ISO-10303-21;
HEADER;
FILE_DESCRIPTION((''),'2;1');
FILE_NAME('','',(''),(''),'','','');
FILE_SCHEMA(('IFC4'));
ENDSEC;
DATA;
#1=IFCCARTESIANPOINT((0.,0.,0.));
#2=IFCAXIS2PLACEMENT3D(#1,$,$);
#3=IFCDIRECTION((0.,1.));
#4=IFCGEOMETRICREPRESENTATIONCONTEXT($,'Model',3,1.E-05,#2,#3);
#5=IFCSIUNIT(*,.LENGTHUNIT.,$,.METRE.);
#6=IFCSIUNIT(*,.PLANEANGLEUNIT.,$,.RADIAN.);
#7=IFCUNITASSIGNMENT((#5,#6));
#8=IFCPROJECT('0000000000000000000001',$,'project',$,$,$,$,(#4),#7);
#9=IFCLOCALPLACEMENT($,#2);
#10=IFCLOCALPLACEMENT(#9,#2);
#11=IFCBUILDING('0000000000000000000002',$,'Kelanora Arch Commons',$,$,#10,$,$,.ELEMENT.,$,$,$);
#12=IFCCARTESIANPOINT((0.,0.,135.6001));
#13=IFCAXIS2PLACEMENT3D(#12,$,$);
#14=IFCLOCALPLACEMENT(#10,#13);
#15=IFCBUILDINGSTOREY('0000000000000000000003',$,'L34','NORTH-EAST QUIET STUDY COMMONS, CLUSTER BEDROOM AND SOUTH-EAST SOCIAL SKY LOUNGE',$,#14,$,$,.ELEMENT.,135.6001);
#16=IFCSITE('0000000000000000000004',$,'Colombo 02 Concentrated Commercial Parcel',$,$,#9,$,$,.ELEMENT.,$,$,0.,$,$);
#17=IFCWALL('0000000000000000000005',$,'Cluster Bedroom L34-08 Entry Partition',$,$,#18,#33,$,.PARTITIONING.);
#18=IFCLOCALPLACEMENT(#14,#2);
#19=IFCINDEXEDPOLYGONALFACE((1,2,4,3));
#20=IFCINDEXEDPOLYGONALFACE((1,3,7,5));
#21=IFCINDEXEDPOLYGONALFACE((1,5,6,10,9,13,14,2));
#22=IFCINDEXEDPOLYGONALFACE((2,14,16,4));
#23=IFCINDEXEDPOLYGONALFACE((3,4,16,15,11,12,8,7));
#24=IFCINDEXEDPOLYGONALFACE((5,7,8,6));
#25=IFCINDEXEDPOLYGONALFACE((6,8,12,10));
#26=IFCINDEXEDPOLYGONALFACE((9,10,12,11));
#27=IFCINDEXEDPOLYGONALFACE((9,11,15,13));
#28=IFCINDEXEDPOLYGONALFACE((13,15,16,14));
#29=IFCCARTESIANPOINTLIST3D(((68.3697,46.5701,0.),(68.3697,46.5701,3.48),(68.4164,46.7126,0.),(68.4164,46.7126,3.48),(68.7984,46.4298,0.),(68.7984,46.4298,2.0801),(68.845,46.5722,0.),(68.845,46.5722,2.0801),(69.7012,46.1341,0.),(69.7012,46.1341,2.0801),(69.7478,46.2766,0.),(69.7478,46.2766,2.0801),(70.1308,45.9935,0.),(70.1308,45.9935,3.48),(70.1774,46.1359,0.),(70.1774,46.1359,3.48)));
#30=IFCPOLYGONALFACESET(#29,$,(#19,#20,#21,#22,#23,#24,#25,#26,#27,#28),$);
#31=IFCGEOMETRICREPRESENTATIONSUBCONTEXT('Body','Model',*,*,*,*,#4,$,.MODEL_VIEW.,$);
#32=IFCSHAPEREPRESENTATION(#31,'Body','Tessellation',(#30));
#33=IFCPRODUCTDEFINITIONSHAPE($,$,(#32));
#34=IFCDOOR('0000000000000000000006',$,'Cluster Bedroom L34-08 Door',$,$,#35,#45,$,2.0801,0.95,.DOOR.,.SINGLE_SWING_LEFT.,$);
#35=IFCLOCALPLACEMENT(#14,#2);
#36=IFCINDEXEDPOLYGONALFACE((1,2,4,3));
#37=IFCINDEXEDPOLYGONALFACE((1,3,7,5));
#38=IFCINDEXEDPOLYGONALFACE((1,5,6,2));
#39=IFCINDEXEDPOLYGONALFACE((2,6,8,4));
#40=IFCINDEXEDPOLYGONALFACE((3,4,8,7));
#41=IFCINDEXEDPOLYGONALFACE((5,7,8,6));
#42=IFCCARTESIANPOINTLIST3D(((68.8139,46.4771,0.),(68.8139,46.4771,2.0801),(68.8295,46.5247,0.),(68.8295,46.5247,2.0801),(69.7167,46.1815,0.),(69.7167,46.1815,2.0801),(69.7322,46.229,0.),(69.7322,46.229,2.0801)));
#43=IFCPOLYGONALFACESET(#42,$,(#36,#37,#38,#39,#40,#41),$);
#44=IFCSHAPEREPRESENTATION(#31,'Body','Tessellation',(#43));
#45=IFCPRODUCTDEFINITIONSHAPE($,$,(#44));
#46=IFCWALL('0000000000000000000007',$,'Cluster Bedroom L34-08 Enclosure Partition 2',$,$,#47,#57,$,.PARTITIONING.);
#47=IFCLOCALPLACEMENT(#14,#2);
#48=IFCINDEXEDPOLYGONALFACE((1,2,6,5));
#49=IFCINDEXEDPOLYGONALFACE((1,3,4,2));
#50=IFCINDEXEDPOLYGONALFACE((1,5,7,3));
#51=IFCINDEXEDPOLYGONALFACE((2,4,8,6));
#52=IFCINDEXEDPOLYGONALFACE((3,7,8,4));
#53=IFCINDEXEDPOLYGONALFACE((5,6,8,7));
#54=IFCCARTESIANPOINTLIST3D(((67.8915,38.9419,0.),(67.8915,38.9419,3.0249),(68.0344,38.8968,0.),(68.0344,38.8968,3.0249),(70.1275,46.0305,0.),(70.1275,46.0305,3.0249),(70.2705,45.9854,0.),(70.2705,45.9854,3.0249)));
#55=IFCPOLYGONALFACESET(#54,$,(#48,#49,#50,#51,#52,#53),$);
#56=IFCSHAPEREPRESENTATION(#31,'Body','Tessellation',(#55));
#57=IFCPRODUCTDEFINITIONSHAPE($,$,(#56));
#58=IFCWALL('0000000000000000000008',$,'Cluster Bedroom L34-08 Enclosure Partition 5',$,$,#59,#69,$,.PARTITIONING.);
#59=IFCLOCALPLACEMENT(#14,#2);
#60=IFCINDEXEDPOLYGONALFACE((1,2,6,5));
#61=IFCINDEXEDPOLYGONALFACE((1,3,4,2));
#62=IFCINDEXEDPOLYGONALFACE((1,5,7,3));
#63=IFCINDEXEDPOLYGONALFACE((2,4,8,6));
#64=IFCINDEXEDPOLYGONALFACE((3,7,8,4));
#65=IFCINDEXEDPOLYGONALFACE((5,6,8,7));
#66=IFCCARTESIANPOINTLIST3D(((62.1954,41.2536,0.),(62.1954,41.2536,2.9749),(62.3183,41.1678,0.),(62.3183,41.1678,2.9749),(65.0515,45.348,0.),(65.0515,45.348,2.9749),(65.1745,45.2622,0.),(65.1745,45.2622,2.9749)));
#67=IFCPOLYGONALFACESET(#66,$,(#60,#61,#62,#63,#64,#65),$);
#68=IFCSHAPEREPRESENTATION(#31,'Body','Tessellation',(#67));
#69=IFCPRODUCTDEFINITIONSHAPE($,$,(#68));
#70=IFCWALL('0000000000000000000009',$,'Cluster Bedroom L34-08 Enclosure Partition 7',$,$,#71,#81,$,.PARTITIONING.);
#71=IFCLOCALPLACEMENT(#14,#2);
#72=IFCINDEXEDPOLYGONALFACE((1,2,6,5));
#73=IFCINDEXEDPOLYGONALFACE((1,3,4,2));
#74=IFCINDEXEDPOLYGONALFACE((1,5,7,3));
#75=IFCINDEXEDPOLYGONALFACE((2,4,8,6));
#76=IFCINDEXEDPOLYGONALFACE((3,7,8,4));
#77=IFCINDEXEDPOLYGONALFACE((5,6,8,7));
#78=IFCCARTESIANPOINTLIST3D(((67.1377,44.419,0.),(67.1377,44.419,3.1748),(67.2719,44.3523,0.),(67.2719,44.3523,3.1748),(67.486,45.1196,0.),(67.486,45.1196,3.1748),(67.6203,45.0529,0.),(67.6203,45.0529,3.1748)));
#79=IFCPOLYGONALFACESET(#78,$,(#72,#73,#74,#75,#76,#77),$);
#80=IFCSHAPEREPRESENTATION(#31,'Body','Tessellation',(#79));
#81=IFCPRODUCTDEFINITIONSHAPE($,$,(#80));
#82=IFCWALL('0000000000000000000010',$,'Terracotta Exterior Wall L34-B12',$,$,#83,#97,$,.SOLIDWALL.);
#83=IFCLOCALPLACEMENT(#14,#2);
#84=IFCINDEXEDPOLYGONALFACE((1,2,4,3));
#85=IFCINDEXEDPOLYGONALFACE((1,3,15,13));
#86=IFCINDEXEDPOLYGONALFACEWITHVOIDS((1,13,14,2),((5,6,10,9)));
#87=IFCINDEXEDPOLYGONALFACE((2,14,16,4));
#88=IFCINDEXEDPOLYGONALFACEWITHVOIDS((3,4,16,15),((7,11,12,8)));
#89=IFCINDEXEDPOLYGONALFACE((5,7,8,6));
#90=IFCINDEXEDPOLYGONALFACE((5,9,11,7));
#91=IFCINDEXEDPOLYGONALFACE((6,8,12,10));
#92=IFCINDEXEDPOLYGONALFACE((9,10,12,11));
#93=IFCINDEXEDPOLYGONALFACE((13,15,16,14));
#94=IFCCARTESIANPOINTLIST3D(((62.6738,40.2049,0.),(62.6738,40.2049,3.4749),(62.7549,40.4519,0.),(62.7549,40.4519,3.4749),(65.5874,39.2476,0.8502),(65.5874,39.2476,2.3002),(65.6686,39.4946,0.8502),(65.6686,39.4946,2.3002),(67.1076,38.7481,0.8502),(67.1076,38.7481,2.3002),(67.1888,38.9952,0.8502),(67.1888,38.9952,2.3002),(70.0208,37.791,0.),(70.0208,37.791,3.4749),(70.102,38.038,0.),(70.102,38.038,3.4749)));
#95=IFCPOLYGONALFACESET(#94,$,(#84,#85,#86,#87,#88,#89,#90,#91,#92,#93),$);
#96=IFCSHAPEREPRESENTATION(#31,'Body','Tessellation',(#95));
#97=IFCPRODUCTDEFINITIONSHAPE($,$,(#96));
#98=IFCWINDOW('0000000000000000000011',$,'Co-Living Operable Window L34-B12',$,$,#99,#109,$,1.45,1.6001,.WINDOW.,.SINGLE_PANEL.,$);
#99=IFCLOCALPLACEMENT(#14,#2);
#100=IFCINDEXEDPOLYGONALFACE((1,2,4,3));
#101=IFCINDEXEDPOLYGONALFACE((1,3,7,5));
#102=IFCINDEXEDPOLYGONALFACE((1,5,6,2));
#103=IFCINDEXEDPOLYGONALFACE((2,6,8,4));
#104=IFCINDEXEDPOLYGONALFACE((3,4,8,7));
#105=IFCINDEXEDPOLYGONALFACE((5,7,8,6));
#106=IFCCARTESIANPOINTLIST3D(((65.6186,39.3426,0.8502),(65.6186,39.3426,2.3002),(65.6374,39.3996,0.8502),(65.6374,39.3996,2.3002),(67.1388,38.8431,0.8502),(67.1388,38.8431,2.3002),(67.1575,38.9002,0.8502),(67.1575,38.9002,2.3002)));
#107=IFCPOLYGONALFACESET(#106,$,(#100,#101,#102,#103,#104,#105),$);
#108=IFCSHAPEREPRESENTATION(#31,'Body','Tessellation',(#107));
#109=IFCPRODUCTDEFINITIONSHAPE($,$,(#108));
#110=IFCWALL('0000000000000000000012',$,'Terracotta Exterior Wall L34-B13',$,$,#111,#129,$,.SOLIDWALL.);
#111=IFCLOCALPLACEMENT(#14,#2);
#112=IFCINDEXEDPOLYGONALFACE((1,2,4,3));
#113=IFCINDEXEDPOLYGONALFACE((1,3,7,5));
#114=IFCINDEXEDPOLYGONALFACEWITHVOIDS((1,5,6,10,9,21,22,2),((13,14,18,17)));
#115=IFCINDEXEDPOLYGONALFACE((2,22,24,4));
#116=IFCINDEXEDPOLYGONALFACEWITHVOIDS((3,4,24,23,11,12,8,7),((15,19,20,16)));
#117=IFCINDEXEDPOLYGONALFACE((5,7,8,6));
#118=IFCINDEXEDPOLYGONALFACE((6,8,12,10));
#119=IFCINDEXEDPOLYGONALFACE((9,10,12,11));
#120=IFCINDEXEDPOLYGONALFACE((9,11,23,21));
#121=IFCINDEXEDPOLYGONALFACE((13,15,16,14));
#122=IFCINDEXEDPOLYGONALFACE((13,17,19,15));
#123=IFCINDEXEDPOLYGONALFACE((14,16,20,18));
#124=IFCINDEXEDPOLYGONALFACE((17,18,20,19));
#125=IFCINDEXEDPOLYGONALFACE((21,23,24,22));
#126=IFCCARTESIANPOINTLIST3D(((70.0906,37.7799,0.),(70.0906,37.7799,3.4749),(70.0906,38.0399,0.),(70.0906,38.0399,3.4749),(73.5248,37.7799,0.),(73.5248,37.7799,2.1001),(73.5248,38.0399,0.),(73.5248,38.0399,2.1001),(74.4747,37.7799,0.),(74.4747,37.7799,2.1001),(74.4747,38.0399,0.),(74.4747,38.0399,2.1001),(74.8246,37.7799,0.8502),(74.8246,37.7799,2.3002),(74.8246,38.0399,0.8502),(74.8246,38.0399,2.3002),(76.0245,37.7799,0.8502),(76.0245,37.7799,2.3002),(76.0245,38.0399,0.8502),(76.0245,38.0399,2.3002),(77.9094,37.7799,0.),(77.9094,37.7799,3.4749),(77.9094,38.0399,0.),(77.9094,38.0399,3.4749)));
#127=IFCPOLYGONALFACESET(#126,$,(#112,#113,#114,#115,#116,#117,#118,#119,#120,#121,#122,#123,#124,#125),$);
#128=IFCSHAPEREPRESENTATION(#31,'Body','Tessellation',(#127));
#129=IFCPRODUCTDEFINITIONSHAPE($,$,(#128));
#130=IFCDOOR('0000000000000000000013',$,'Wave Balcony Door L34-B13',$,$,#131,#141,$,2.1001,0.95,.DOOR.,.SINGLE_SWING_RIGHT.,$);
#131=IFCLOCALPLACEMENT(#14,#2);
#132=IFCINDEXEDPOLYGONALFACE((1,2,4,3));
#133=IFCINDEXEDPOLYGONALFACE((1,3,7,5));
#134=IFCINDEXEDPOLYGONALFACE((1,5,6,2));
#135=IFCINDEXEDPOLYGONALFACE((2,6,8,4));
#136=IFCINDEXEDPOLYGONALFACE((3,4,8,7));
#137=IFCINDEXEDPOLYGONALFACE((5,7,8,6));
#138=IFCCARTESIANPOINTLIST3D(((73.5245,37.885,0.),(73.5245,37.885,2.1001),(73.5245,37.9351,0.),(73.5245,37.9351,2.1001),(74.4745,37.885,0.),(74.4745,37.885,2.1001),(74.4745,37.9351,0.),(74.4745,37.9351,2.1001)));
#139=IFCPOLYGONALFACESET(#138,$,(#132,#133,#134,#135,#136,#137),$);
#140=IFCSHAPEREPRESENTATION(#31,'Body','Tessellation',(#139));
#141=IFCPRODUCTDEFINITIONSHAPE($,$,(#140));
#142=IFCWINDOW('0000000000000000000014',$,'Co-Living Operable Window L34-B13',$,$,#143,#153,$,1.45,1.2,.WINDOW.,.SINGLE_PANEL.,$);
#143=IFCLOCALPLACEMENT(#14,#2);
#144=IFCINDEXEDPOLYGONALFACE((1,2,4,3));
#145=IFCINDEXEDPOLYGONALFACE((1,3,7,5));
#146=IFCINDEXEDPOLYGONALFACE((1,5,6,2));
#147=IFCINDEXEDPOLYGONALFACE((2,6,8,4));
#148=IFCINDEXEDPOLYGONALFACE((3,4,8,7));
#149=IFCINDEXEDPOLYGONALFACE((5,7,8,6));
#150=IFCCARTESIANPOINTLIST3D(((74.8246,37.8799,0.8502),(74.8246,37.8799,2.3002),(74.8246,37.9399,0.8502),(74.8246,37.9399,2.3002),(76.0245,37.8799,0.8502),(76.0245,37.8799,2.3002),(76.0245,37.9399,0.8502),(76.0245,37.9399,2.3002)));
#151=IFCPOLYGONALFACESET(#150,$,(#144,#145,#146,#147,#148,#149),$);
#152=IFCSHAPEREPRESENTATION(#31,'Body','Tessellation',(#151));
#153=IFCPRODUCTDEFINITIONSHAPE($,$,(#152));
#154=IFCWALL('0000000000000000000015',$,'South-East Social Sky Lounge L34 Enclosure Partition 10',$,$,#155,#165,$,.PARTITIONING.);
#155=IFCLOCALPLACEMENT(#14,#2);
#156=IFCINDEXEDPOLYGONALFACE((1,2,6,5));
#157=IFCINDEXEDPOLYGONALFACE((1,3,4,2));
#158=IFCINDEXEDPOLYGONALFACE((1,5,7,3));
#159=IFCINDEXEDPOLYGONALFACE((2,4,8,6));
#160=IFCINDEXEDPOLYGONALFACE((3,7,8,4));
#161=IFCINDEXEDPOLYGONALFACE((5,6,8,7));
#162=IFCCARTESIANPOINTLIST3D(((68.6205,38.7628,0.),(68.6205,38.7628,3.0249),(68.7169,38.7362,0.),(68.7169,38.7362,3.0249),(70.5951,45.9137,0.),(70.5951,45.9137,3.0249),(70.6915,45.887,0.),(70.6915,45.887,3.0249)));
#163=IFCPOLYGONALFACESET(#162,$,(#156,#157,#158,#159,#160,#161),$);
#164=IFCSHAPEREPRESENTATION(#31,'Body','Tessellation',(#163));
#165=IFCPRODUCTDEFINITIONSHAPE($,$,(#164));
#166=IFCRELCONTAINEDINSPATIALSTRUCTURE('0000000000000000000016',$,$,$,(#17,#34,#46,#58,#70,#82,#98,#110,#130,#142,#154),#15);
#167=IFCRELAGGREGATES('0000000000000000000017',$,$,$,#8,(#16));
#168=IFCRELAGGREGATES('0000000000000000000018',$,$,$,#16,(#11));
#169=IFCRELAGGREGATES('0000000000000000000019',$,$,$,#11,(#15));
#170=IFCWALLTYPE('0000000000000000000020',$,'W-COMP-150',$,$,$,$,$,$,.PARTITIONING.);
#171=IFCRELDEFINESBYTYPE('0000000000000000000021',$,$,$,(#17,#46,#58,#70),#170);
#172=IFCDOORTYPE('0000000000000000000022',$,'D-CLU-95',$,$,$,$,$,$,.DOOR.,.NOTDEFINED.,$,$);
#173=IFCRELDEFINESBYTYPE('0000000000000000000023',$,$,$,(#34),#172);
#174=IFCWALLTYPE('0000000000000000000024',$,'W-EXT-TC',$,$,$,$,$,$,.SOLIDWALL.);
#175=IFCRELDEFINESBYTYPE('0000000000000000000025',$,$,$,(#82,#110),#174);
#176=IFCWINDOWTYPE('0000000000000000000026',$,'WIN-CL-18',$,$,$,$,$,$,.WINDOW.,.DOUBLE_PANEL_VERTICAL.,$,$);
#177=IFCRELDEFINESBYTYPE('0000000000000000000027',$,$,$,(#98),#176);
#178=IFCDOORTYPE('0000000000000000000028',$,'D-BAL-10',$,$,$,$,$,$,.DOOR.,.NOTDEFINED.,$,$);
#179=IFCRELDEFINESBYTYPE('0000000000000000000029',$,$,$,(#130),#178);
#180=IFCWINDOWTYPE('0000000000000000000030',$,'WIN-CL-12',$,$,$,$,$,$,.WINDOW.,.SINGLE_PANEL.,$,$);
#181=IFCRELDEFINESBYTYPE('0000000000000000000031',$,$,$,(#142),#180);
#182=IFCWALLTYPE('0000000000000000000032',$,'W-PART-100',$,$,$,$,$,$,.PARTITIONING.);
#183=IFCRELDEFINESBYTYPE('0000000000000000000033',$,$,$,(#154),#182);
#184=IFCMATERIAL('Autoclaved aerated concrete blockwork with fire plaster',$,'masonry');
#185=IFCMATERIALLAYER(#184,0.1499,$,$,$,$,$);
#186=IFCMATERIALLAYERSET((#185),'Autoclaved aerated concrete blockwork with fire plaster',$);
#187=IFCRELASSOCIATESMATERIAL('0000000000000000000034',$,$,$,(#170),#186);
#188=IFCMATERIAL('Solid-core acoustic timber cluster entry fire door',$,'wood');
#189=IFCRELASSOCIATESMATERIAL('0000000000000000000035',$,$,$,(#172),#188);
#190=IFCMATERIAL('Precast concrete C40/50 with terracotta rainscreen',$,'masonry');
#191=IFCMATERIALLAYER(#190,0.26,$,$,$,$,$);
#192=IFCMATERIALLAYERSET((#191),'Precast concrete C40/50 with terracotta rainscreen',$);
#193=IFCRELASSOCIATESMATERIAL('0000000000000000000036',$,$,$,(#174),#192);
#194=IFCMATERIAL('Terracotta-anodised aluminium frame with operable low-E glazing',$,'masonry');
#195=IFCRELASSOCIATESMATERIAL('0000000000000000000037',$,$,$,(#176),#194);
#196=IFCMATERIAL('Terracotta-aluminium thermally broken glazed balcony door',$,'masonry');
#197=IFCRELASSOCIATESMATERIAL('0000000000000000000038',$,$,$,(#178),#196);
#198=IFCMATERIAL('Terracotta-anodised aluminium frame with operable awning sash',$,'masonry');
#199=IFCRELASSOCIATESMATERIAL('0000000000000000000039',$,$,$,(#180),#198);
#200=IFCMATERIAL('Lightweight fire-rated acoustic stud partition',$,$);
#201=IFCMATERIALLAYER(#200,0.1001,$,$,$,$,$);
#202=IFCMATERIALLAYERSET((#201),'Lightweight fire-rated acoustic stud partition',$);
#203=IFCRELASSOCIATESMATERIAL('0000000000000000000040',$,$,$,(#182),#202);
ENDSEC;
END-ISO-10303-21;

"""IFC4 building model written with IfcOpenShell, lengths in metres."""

from ifc_helpers import new_model, si_unit, direction, frame, frame_2d, origin, place, context, subcontext, project, spatial, rectangle, extrude, material, layer, layer_set, type_object, element, fill, save


model = new_model("IFC4")

# Units and contexts
model_context = context("Model", 3, precision=1e-05, world=origin(), true_north=direction((0.0, 1.0)))
body_context = subcontext(model_context, "Body", "Model", "MODEL_VIEW")
ifc_project = project(units=[si_unit("LENGTHUNIT", "METRE"), si_unit("PLANEANGLEUNIT", "RADIAN")], contexts=[model_context])

# Site, building, storey
site_placement = place(None, origin())
site = spatial("IfcSite", under=ifc_project, at=site_placement, Name="Colombo 02 Concentrated Commercial Parcel", CompositionType="ELEMENT", RefElevation=0.0)
building_placement = place(site_placement, origin())
building = spatial("IfcBuilding", under=site, at=building_placement, Name="Kelanora Arch Commons", CompositionType="ELEMENT")
storey_placement = place(building_placement, frame((0.0, 0.0, 135.6001)))
storey = spatial("IfcBuildingStorey", under=building, at=storey_placement, Name="L34", Description="NORTH-EAST QUIET STUDY COMMONS, CLUSTER BEDROOM AND SOUTH-EAST SOCIAL SKY LOUNGE", CompositionType="ELEMENT", Elevation=135.6001)

# Wall, opening, door
ifc_material_1 = material(Name="Autoclaved aerated concrete blockwork with fire plaster", Category="masonry")
ifc_layer_1 = layer(ifc_material_1, 0.1499)
ifc_layer_set_1 = layer_set([ifc_layer_1], Name="Autoclaved aerated concrete blockwork with fire plaster")
wall_type_1 = type_object("IfcWallType", Name="W-COMP-150", PredefinedType="PARTITIONING", material=ifc_layer_set_1)
wall_1_placement = place(storey_placement, frame((68.3931, 46.6414, 0.0), z_axis=(0.0, 0.0, 1.0), x_axis=(0.950343, -0.311204, 0.0)))
wall_1 = element("IfcWall", 1, at=wall_1_placement, inside=storey, type_object=wall_type_1, Name="Cluster Bedroom L34-08 Entry Partition", PredefinedType="PARTITIONING", context=body_context, shape_type="SweptSolid", body=[
    extrude(rectangle(XDim=1.853, YDim=0.1499, at=frame_2d((0.9265, 0.0))), origin(), (0.0, 0.0, 1.0), 3.48),
])
opening_1_placement = place(wall_1_placement, frame((0.4509, 0.0, 0.0)))
opening_1 = element("IfcOpeningElement", 2, at=opening_1_placement, cuts=wall_1, PredefinedType="OPENING", context=body_context, shape_type="SweptSolid", body=[
    extrude(rectangle(XDim=0.95, YDim=2.0801, at=frame_2d((0.4751, 1.04))), frame((0.0, 0.085, 0.0), z_axis=(0.0, -1.0, 0.0), x_axis=(1.0, 0.0, 0.0)), (0.0, 0.0, 1.0), 0.1699),
])
ifc_material_2 = material(Name="Solid-core acoustic timber cluster entry fire door", Category="wood")
door_type_1 = type_object("IfcDoorType", Name="D-CLU-95", OperationType="NOTDEFINED", PredefinedType="DOOR", material=ifc_material_2)
door_1_placement = place(opening_1_placement, origin())
door_1 = element("IfcDoor", 3, at=door_1_placement, inside=storey, type_object=door_type_1, Name="Cluster Bedroom L34-08 Door", OperationType="SINGLE_SWING_LEFT", OverallHeight=2.0801, OverallWidth=0.95, PredefinedType="DOOR", context=body_context, shape_type="SweptSolid", body=[
    extrude(rectangle(XDim=0.95, YDim=2.0801, at=frame_2d((0.4751, 1.04))), frame((0.0, 0.0249, 0.0), z_axis=(0.0, -1.0, 0.0), x_axis=(1.0, 0.0, 0.0)), (0.0, 0.0, 1.0), 0.05),
])
fill(opening_1, door_1)

# Walls
wall_2_placement = place(storey_placement, frame((70.199, 46.0078, 0.0), z_axis=(0.0, 0.0, 1.0), x_axis=(-0.300834, -0.953676, 0.0)))
element("IfcWall", 4, at=wall_2_placement, inside=storey, type_object=wall_type_1, Name="Cluster Bedroom L34-08 Enclosure Partition 2", PredefinedType="PARTITIONING", context=body_context, shape_type="SweptSolid", body=[
    extrude(rectangle(XDim=7.4329, YDim=0.1499, at=frame_2d((3.7163, 0.0))), origin(), (0.0, 0.0, 1.0), 3.0249),
])
wall_3_placement = place(storey_placement, frame((62.2568, 41.2107, 0.0), z_axis=(0.0, 0.0, 1.0), x_axis=(0.572126, 0.820166, 0.0)))
element("IfcWall", 5, at=wall_3_placement, inside=storey, type_object=wall_type_1, Name="Cluster Bedroom L34-08 Enclosure Partition 5", PredefinedType="PARTITIONING", context=body_context, shape_type="SweptSolid", body=[
    extrude(rectangle(XDim=4.9922, YDim=0.1499, at=frame_2d((2.4961, 0.0))), origin(), (0.0, 0.0, 1.0), 2.9749),
])
wall_4_placement = place(storey_placement, frame((67.2048, 44.3857, 0.0), z_axis=(0.0, 0.0, 1.0), x_axis=(0.445216, 0.895423, 0.0)))
element("IfcWall", 6, at=wall_4_placement, inside=storey, type_object=wall_type_1, Name="Cluster Bedroom L34-08 Enclosure Partition 7", PredefinedType="PARTITIONING", context=body_context, shape_type="SweptSolid", body=[
    extrude(rectangle(XDim=0.7825, YDim=0.1499, at=frame_2d((0.3911, 0.0))), origin(), (0.0, 0.0, 1.0), 3.1748),
])

# Wall, opening, window
ifc_material_3 = material(Name="Precast concrete C40/50 with terracotta rainscreen", Category="masonry")
ifc_layer_2 = layer(ifc_material_3, 0.26)
ifc_layer_set_2 = layer_set([ifc_layer_2], Name="Precast concrete C40/50 with terracotta rainscreen")
wall_type_2 = type_object("IfcWallType", Name="W-EXT-TC", PredefinedType="SOLIDWALL", material=ifc_layer_set_2)
wall_5_placement = place(storey_placement, frame((62.7144, 40.3284, 0.0), z_axis=(0.0, 0.0, 1.0), x_axis=(0.950038, -0.312133, 0.0)))
wall_5 = element("IfcWall", 7, at=wall_5_placement, inside=storey, type_object=wall_type_2, Name="Terracotta Exterior Wall L34-B12", PredefinedType="SOLIDWALL", context=body_context, shape_type="SweptSolid", body=[
    extrude(rectangle(XDim=7.7334, YDim=0.26, at=frame_2d((3.8667, 0.0))), origin(), (0.0, 0.0, 1.0), 3.4749),
])
opening_2_placement = place(wall_5_placement, frame((3.0669, 0.0, 0.8501)))
opening_2 = element("IfcOpeningElement", 8, at=opening_2_placement, cuts=wall_5, PredefinedType="OPENING", context=body_context, shape_type="SweptSolid", body=[
    extrude(rectangle(XDim=1.6001, YDim=1.45, at=frame_2d((0.8, 0.7251))), frame((0.0, 0.1401, 0.0), z_axis=(0.0, -1.0, 0.0), x_axis=(1.0, 0.0, 0.0)), (0.0, 0.0, 1.0), 0.28),
])
ifc_material_4 = material(Name="Terracotta-anodised aluminium frame with operable low-E glazing", Category="masonry")
window_type_1 = type_object("IfcWindowType", Name="WIN-CL-18", PartitioningType="DOUBLE_PANEL_VERTICAL", PredefinedType="WINDOW", material=ifc_material_4)
window_1_placement = place(opening_2_placement, origin())
window_1 = element("IfcWindow", 9, at=window_1_placement, inside=storey, type_object=window_type_1, Name="Co-Living Operable Window L34-B12", OverallHeight=1.45, OverallWidth=1.6001, PartitioningType="SINGLE_PANEL", PredefinedType="WINDOW", context=body_context, shape_type="SweptSolid", body=[
    extrude(rectangle(XDim=1.6001, YDim=1.45, at=frame_2d((0.8, 0.7251))), frame((0.0, 0.03, 0.0), z_axis=(0.0, -1.0, 0.0), x_axis=(1.0, 0.0, 0.0)), (0.0, 0.0, 1.0), 0.0601),
])
fill(opening_2, window_1)

# Wall, openings, door, window
wall_6_placement = place(storey_placement, frame((70.0906, 37.9099, 0.0), z_axis=(0.0, 0.0, 1.0), x_axis=(1.0, 0.0, 0.0)))
wall_6 = element("IfcWall", 10, at=wall_6_placement, inside=storey, type_object=wall_type_2, Name="Terracotta Exterior Wall L34-B13", PredefinedType="SOLIDWALL", context=body_context, shape_type="SweptSolid", body=[
    extrude(rectangle(XDim=7.8188, YDim=0.26, at=frame_2d((3.9094, 0.0))), origin(), (0.0, 0.0, 1.0), 3.4749),
])
opening_3_placement = place(wall_6_placement, frame((3.4341, 0.0, 0.0)))
opening_3 = element("IfcOpeningElement", 11, at=opening_3_placement, cuts=wall_6, PredefinedType="OPENING", context=body_context, shape_type="SweptSolid", body=[
    extrude(rectangle(XDim=0.95, YDim=2.1001, at=frame_2d((0.4751, 1.05))), frame((0.0, 0.1401, 0.0), z_axis=(0.0, -1.0, 0.0), x_axis=(1.0, 0.0, 0.0)), (0.0, 0.0, 1.0), 0.28),
])
opening_4_placement = place(wall_6_placement, frame((4.7339, 0.0, 0.8501)))
opening_4 = element("IfcOpeningElement", 12, at=opening_4_placement, cuts=wall_6, PredefinedType="OPENING", context=body_context, shape_type="SweptSolid", body=[
    extrude(rectangle(XDim=1.2, YDim=1.45, at=frame_2d((0.6001, 0.7251))), frame((0.0, 0.1401, 0.0), z_axis=(0.0, -1.0, 0.0), x_axis=(1.0, 0.0, 0.0)), (0.0, 0.0, 1.0), 0.28),
])
ifc_material_5 = material(Name="Terracotta-aluminium thermally broken glazed balcony door", Category="masonry")
door_type_2 = type_object("IfcDoorType", Name="D-BAL-10", OperationType="NOTDEFINED", PredefinedType="DOOR", material=ifc_material_5)
door_2_placement = place(opening_3_placement, frame((0.95, 0.0, 0.0), z_axis=(0.0, 0.0, 1.0), x_axis=(-1.0, 0.0, 0.0)))
door_2 = element("IfcDoor", 13, at=door_2_placement, inside=storey, type_object=door_type_2, Name="Wave Balcony Door L34-B13", OperationType="SINGLE_SWING_RIGHT", OverallHeight=2.1001, OverallWidth=0.95, PredefinedType="DOOR", context=body_context, shape_type="SweptSolid", body=[
    extrude(rectangle(XDim=0.95, YDim=2.1001, at=frame_2d((0.4751, 1.05))), frame((0.0, 0.0249, 0.0), z_axis=(0.0, -1.0, 0.0), x_axis=(1.0, 0.0, 0.0)), (0.0, 0.0, 1.0), 0.05),
])
fill(opening_3, door_2)
ifc_material_6 = material(Name="Terracotta-anodised aluminium frame with operable awning sash", Category="masonry")
window_type_2 = type_object("IfcWindowType", Name="WIN-CL-12", PartitioningType="SINGLE_PANEL", PredefinedType="WINDOW", material=ifc_material_6)
window_2_placement = place(opening_4_placement, origin())
window_2 = element("IfcWindow", 14, at=window_2_placement, inside=storey, type_object=window_type_2, Name="Co-Living Operable Window L34-B13", OverallHeight=1.45, OverallWidth=1.2, PartitioningType="SINGLE_PANEL", PredefinedType="WINDOW", context=body_context, shape_type="SweptSolid", body=[
    extrude(rectangle(XDim=1.2, YDim=1.45, at=frame_2d((0.6001, 0.7251))), frame((0.0, 0.03, 0.0), z_axis=(0.0, -1.0, 0.0), x_axis=(1.0, 0.0, 0.0)), (0.0, 0.0, 1.0), 0.0601),
])
fill(opening_4, window_2)

# Wall
ifc_material_7 = material(Name="Lightweight fire-rated acoustic stud partition")
ifc_layer_3 = layer(ifc_material_7, 0.1001)
ifc_layer_set_3 = layer_set([ifc_layer_3], Name="Lightweight fire-rated acoustic stud partition")
wall_type_3 = type_object("IfcWallType", Name="W-PART-100", PredefinedType="PARTITIONING", material=ifc_layer_set_3)
wall_7_placement = place(storey_placement, frame((68.6687, 38.7495, 0.0), z_axis=(0.0, 0.0, 1.0), x_axis=(0.266174, 0.963925, 0.0)))
element("IfcWall", 15, at=wall_7_placement, inside=storey, type_object=wall_type_3, Name="South-East Social Sky Lounge L34 Enclosure Partition 10", PredefinedType="PARTITIONING", context=body_context, shape_type="SweptSolid", body=[
    extrude(rectangle(XDim=7.4185, YDim=0.1001, at=frame_2d((3.7092, 0.0))), origin(), (0.0, 0.0, 1.0), 3.0249),
])

save(model, "model.ifc")
